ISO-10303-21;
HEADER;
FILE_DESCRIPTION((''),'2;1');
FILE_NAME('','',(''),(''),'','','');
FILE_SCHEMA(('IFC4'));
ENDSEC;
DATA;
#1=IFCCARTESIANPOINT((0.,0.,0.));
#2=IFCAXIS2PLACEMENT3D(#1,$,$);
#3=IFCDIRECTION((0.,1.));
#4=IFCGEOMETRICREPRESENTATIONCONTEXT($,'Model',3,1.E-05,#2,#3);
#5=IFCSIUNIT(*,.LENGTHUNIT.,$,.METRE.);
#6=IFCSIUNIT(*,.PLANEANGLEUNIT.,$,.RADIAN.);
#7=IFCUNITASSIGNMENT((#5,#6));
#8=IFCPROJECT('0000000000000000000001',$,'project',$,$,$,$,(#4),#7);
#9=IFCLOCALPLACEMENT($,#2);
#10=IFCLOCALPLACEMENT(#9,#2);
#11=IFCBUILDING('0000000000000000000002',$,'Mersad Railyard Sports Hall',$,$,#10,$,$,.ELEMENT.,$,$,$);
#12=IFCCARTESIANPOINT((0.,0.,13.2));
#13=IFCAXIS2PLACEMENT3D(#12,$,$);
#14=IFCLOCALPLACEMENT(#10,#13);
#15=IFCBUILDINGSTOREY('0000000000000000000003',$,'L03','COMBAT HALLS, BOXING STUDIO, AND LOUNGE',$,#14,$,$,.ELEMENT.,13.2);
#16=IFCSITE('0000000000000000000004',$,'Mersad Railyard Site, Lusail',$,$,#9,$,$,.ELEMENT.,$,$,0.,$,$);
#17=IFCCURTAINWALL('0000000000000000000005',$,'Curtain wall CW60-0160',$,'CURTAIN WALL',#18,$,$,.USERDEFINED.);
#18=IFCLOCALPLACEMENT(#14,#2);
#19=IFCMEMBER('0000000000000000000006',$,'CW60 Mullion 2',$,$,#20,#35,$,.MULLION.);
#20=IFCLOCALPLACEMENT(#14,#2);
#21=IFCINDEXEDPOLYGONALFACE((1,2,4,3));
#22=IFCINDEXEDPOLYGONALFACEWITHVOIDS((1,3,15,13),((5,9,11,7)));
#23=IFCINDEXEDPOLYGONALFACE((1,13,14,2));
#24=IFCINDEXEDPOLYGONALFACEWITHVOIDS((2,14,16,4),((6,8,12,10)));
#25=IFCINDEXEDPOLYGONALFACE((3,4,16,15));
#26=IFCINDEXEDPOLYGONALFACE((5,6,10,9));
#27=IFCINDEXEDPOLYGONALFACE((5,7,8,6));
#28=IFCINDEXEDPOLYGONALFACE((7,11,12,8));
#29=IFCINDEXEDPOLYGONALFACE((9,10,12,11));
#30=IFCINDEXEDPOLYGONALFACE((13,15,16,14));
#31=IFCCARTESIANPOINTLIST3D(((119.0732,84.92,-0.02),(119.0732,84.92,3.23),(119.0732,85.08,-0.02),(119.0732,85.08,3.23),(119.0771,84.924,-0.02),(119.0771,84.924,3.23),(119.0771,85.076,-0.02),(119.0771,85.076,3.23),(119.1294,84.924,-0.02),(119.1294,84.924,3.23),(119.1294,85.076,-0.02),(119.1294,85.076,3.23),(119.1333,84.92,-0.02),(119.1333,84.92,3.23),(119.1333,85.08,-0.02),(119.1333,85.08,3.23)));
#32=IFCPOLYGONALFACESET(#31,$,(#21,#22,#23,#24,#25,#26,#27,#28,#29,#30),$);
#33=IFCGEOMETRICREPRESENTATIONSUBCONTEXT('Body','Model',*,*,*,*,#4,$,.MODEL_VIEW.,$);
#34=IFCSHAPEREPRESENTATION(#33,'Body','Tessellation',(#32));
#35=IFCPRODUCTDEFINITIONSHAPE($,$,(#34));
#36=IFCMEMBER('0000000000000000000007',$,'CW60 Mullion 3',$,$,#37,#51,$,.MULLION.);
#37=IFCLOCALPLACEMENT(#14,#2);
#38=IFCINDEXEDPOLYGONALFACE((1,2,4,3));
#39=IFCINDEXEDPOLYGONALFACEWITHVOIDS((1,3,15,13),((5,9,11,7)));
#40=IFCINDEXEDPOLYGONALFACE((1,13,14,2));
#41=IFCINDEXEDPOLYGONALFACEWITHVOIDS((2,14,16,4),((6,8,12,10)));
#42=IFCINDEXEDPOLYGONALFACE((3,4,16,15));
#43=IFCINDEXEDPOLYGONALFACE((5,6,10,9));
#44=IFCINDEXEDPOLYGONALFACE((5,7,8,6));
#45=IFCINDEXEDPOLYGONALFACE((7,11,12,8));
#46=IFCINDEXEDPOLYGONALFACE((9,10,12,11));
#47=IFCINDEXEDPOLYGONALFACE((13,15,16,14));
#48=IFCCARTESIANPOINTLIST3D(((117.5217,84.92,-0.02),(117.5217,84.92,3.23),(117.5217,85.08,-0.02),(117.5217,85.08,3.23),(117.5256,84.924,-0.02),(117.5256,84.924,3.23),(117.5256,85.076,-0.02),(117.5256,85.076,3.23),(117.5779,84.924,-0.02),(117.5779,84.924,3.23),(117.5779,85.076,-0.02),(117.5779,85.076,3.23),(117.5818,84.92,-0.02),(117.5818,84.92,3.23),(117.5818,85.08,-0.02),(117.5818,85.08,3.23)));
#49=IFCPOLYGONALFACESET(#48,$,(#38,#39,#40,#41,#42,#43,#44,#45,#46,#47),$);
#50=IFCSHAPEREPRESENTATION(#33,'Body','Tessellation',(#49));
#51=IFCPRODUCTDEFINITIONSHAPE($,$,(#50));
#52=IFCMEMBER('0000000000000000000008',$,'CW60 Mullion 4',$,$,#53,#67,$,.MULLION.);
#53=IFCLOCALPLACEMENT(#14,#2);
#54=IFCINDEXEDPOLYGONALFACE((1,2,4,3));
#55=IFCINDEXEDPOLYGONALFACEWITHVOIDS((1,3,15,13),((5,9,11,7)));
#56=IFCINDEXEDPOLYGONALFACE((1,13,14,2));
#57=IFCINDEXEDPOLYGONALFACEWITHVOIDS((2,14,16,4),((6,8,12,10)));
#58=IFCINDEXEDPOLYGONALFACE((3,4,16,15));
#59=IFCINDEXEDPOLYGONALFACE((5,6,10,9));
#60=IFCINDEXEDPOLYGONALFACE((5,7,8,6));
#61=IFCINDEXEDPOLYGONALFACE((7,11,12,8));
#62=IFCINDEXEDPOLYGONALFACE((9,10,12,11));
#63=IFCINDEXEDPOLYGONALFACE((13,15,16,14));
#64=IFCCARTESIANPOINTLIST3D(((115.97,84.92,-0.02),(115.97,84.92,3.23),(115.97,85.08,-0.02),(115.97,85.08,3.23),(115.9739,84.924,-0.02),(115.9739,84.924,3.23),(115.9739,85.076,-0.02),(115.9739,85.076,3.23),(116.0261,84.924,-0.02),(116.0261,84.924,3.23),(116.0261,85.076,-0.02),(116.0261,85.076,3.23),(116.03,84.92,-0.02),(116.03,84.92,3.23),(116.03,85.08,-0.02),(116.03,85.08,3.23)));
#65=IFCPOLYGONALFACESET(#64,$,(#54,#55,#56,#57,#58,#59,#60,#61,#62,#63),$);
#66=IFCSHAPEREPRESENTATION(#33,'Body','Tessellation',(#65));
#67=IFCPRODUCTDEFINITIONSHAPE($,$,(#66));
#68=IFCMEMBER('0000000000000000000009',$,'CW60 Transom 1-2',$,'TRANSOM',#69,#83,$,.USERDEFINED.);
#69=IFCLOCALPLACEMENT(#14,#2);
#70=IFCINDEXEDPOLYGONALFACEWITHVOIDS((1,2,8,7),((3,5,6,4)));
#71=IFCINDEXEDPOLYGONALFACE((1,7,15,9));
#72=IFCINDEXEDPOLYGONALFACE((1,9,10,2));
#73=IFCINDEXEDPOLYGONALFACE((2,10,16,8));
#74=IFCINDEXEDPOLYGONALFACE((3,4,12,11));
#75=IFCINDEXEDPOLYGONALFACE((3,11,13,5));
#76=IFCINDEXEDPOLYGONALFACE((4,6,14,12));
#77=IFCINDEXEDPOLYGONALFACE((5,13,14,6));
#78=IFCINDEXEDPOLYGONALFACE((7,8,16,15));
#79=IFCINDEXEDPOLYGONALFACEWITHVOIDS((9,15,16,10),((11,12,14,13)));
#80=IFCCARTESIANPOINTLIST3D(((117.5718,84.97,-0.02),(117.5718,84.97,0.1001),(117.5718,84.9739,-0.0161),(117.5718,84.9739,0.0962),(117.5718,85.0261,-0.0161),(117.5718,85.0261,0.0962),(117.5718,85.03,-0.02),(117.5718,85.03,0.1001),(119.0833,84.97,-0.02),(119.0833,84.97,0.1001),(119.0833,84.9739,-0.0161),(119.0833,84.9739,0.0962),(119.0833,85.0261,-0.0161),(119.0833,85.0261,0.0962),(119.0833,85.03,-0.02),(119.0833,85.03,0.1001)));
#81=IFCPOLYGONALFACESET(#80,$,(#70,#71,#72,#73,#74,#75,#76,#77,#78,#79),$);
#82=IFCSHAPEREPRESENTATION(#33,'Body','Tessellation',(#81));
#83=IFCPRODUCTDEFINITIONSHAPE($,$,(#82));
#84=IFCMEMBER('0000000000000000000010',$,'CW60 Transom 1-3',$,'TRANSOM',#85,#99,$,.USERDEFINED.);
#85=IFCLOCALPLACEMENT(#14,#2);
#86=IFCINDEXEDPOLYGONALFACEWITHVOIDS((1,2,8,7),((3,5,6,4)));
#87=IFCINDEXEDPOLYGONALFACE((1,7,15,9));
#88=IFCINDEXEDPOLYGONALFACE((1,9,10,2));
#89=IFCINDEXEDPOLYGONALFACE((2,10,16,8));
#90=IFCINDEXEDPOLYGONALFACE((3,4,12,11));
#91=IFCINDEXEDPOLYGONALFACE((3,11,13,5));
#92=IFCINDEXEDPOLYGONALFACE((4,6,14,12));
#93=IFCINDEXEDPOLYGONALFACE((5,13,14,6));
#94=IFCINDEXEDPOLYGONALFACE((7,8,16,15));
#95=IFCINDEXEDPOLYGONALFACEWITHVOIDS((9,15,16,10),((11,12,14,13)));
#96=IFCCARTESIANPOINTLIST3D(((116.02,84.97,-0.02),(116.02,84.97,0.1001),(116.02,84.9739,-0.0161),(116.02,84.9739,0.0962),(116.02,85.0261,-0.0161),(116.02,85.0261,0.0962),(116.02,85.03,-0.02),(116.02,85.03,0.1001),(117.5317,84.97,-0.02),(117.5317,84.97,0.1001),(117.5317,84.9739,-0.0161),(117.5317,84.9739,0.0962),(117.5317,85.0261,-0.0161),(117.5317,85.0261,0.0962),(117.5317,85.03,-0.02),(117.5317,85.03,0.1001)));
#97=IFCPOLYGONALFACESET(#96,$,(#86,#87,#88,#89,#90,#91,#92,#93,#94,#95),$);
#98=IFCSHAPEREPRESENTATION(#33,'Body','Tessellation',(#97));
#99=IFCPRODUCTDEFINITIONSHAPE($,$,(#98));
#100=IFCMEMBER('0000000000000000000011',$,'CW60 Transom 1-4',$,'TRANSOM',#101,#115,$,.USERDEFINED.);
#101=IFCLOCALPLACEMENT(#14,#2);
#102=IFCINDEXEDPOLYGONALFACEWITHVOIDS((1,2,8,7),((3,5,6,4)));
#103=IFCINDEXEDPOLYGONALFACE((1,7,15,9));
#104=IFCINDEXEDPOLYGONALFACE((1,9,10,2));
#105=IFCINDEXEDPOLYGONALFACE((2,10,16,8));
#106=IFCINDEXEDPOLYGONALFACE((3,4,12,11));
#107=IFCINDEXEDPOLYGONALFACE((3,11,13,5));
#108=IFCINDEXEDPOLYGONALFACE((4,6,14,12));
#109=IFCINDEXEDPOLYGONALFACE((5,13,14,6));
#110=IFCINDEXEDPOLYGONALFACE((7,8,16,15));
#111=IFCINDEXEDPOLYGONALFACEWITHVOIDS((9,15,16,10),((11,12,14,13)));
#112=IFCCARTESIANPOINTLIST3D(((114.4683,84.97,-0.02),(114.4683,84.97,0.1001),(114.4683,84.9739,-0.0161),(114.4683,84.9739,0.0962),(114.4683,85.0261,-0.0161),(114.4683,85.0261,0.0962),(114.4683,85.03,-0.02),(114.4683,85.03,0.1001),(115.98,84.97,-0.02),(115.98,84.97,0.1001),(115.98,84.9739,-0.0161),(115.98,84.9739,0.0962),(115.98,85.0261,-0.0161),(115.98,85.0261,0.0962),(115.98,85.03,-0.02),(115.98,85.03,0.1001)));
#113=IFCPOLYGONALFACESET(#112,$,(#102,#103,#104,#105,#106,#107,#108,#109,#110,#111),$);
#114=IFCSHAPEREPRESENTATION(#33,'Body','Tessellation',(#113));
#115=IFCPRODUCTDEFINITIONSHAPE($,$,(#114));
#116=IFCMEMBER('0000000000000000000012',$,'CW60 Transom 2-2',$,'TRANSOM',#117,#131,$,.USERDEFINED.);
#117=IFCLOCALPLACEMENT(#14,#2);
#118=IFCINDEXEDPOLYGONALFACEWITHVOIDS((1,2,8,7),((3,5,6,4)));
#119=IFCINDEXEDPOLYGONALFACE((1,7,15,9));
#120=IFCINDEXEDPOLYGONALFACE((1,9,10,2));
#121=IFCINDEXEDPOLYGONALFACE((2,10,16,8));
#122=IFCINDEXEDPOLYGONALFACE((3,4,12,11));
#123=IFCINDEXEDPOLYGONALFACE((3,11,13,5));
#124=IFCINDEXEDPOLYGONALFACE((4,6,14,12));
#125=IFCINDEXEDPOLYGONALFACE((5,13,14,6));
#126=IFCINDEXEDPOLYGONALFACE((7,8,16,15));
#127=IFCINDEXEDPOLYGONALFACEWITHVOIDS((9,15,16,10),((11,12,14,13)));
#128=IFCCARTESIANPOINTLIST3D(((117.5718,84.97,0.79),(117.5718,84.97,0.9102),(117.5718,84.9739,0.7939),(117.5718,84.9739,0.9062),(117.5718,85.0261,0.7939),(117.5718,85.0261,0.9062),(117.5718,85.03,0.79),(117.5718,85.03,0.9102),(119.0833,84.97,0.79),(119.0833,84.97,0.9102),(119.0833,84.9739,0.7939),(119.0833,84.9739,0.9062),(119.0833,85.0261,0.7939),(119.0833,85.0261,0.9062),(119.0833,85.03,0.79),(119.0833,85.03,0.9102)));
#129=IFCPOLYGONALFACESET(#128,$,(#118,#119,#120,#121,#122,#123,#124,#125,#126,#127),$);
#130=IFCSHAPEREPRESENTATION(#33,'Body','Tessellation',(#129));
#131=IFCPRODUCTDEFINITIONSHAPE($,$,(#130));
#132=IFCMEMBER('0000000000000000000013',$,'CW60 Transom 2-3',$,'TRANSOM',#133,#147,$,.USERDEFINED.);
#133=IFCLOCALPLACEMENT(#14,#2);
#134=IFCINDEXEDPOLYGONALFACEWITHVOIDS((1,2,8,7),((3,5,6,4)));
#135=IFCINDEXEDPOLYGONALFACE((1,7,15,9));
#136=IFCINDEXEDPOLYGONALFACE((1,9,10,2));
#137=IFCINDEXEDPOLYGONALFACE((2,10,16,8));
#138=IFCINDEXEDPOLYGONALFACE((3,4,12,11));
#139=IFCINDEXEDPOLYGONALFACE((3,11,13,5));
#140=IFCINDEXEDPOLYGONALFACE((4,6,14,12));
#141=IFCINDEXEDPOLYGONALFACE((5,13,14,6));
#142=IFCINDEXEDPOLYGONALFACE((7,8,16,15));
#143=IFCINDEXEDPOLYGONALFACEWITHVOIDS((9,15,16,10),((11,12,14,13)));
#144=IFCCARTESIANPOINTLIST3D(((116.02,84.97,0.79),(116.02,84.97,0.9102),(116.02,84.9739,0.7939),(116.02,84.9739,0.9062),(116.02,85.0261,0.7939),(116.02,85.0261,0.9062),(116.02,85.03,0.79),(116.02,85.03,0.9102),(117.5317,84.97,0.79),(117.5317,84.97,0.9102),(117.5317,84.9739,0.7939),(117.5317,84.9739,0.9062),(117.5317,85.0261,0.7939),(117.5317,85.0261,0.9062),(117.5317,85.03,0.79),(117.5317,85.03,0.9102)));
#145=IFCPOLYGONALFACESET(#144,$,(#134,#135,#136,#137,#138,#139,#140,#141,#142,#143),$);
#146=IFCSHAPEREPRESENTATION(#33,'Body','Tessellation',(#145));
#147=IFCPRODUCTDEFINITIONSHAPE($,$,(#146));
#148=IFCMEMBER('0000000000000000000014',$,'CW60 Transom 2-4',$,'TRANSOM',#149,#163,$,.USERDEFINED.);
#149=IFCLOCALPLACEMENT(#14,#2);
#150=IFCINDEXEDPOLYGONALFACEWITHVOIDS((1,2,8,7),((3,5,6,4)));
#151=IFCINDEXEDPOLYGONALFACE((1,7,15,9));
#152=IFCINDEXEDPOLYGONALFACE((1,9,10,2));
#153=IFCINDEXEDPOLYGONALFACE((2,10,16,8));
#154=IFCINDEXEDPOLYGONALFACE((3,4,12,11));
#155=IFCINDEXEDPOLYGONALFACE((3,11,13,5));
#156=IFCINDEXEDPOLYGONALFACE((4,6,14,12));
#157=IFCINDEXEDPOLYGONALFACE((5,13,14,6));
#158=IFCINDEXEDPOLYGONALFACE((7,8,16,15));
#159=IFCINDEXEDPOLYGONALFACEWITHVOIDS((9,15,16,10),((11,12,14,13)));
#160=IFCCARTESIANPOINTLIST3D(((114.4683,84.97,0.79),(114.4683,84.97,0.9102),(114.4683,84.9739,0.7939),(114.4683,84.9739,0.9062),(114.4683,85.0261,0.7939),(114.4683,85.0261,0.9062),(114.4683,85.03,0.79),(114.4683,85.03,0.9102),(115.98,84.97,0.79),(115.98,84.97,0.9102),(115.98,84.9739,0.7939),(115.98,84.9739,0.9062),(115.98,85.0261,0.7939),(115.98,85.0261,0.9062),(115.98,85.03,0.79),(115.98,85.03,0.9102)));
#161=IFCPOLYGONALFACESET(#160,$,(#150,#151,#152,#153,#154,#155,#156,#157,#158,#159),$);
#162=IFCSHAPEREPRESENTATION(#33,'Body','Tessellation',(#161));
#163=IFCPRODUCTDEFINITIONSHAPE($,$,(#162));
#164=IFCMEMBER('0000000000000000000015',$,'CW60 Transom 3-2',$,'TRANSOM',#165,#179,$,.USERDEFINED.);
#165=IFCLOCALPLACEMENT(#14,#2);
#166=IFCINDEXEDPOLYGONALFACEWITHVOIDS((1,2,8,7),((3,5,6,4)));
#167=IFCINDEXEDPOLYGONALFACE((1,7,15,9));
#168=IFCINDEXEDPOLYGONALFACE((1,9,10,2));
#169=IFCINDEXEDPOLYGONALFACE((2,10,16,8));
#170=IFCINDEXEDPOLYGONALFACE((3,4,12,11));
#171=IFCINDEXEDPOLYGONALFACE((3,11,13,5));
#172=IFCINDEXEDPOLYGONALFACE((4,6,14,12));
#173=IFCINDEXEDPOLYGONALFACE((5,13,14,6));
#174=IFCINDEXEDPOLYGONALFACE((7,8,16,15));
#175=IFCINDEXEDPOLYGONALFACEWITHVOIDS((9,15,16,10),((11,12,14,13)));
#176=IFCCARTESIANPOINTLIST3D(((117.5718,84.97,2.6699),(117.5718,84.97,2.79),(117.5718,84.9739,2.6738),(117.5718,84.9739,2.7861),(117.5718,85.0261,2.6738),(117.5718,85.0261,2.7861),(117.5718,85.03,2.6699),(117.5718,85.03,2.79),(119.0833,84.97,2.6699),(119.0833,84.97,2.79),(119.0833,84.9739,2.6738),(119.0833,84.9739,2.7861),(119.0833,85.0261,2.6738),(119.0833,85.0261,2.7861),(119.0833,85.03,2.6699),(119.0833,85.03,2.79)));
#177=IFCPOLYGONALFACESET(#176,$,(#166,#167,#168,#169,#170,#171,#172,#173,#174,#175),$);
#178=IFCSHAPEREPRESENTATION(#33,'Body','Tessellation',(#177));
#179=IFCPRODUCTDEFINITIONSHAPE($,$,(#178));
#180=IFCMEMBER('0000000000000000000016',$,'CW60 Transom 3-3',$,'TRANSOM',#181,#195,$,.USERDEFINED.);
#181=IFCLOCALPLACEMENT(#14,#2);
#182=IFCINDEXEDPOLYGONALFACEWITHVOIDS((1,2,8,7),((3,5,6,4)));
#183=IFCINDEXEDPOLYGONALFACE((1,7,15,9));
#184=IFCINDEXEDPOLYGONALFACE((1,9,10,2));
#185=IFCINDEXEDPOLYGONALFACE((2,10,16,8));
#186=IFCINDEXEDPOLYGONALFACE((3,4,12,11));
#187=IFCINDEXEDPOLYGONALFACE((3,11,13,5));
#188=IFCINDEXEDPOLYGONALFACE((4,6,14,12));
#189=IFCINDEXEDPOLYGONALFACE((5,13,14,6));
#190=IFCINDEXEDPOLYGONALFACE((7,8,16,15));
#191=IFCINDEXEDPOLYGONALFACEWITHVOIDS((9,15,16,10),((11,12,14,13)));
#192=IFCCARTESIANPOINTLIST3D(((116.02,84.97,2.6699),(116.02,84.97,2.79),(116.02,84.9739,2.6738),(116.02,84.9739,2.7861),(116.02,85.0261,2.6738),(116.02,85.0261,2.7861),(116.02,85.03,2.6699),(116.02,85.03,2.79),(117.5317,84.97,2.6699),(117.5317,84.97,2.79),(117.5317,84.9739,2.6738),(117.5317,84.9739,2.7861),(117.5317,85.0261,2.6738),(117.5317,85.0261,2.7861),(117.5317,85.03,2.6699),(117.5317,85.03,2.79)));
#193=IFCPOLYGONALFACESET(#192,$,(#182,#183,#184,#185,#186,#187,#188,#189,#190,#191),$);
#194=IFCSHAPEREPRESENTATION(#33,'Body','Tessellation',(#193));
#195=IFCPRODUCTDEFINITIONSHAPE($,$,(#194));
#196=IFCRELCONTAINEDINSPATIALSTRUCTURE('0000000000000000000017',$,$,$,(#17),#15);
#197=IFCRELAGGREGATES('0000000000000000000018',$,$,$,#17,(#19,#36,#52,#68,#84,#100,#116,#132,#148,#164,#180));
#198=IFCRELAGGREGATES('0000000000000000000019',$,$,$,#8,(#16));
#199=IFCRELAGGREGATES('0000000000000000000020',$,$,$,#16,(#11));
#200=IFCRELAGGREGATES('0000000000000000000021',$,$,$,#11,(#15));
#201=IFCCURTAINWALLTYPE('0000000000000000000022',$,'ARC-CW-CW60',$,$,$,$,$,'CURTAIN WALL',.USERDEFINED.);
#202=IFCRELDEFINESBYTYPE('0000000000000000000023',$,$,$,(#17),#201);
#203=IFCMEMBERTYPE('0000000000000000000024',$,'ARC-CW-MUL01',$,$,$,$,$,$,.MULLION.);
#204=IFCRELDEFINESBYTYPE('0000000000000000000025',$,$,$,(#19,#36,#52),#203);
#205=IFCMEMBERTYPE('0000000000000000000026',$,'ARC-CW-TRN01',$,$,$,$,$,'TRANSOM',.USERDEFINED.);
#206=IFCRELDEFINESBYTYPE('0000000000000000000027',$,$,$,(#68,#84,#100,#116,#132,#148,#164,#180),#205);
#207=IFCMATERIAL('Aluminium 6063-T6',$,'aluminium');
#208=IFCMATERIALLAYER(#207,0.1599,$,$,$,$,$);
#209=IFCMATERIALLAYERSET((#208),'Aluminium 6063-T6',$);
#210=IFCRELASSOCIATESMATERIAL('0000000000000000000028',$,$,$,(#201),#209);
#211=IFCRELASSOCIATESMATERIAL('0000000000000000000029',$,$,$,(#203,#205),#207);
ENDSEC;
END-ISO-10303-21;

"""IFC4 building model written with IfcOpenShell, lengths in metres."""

from ifc_helpers import new_model, si_unit, direction, frame, origin, origin_2d, place, context, subcontext, project, spatial, hollow_rectangle, extrude, material, layer, layer_set, material_profile, profile_set, type_object, element, aggregate, save


model = new_model("IFC4")

# Units and contexts
model_context = context("Model", 3, precision=1e-05, world=origin(), true_north=direction((0.0, 1.0)))
body_context = subcontext(model_context, "Body", "Model", "MODEL_VIEW")
ifc_project = project(units=[si_unit("LENGTHUNIT", "METRE"), si_unit("PLANEANGLEUNIT", "RADIAN")], contexts=[model_context])

# Site, building, storey
site_placement = place(None, origin())
site = spatial("IfcSite", under=ifc_project, at=site_placement, Name="Mersad Railyard Site, Lusail", CompositionType="ELEMENT", RefElevation=0.0)
building_placement = place(site_placement, origin())
building = spatial("IfcBuilding", under=site, at=building_placement, Name="Mersad Railyard Sports Hall", CompositionType="ELEMENT")
storey_placement = place(building_placement, frame((0.0, 0.0, 13.2)))
storey = spatial("IfcBuildingStorey", under=building, at=storey_placement, Name="L03", Description="COMBAT HALLS, BOXING STUDIO, AND LOUNGE", CompositionType="ELEMENT", Elevation=13.2)

# Curtain wall, members
ifc_material_1 = material(Name="Aluminium 6063-T6", Category="aluminium")
ifc_layer_1 = layer(ifc_material_1, 0.1599)
ifc_layer_set_1 = layer_set([ifc_layer_1], Name="Aluminium 6063-T6")
curtain_wall_type = type_object("IfcCurtainWallType", Name="ARC-CW-CW60", ElementType="CURTAIN WALL", PredefinedType="USERDEFINED", material=ifc_layer_set_1)
curtain_wall_placement = place(storey_placement, origin())
curtain_wall = element("IfcCurtainWall", 1, at=curtain_wall_placement, inside=storey, type_object=curtain_wall_type, Name="Curtain wall CW60-0160", ObjectType="CURTAIN WALL", PredefinedType="USERDEFINED")
ifc_material_profile_1 = material_profile(ifc_material_1, hollow_rectangle(XDim=0.0601, YDim=0.1599, WallThickness=0.0039, at=origin_2d()), Name="AL MULLION 60x160x4")
ifc_profile_set_1 = profile_set([ifc_material_profile_1], Name="Aluminium 6063-T6")
member_type_1 = type_object("IfcMemberType", Name="ARC-CW-MUL01", PredefinedType="MULLION", material=ifc_profile_set_1)
member_1_placement = place(storey_placement, frame((119.1033, 85.0, -0.02), z_axis=(0.0, 0.0, 1.0), x_axis=(1.0, 0.0, 0.0)))
member_1 = element("IfcMember", 2, at=member_1_placement, type_object=member_type_1, Name="CW60 Mullion 2", PredefinedType="MULLION", context=body_context, shape_type="SweptSolid", body=[
    extrude(hollow_rectangle(XDim=0.0601, YDim=0.1599, WallThickness=0.0039, at=origin_2d()), origin(), (0.0, 0.0, 1.0), 3.25),
])
member_2_placement = place(storey_placement, frame((117.5518, 85.0, -0.02), z_axis=(0.0, 0.0, 1.0), x_axis=(1.0, 0.0, 0.0)))
member_2 = element("IfcMember", 3, at=member_2_placement, type_object=member_type_1, Name="CW60 Mullion 3", PredefinedType="MULLION", context=body_context, shape_type="SweptSolid", body=[
    extrude(hollow_rectangle(XDim=0.0601, YDim=0.1599, WallThickness=0.0039, at=origin_2d()), origin(), (0.0, 0.0, 1.0), 3.25),
])
member_3_placement = place(storey_placement, frame((116.0, 85.0, -0.02), z_axis=(0.0, 0.0, 1.0), x_axis=(1.0, 0.0, 0.0)))
member_3 = element("IfcMember", 4, at=member_3_placement, type_object=member_type_1, Name="CW60 Mullion 4", PredefinedType="MULLION", context=body_context, shape_type="SweptSolid", body=[
    extrude(hollow_rectangle(XDim=0.0601, YDim=0.1599, WallThickness=0.0039, at=origin_2d()), origin(), (0.0, 0.0, 1.0), 3.25),
])
ifc_material_profile_2 = material_profile(ifc_material_1, hollow_rectangle(XDim=0.0601, YDim=0.1201, WallThickness=0.0039, at=origin_2d()), Name="AL TRANSOM 60x120x4")
ifc_profile_set_2 = profile_set([ifc_material_profile_2], Name="Aluminium 6063-T6")
member_type_2 = type_object("IfcMemberType", Name="ARC-CW-TRN01", ElementType="TRANSOM", PredefinedType="USERDEFINED", material=ifc_profile_set_2)
member_4_placement = place(storey_placement, frame((119.0833, 85.0, 0.04), z_axis=(-1.0, 0.0, 0.0), x_axis=(0.0, -1.0, 0.0)))
member_4 = element("IfcMember", 5, at=member_4_placement, type_object=member_type_2, Name="CW60 Transom 1-2", ObjectType="TRANSOM", PredefinedType="USERDEFINED", context=body_context, shape_type="SweptSolid", body=[
    extrude(hollow_rectangle(XDim=0.0601, YDim=0.1201, WallThickness=0.0039, at=origin_2d()), origin(), (0.0, 0.0, 1.0), 1.5115),
])
member_5_placement = place(storey_placement, frame((117.5317, 85.0, 0.04), z_axis=(-1.0, 0.0, 0.0), x_axis=(0.0, -1.0, 0.0)))
member_5 = element("IfcMember", 6, at=member_5_placement, type_object=member_type_2, Name="CW60 Transom 1-3", ObjectType="TRANSOM", PredefinedType="USERDEFINED", context=body_context, shape_type="SweptSolid", body=[
    extrude(hollow_rectangle(XDim=0.0601, YDim=0.1201, WallThickness=0.0039, at=origin_2d()), origin(), (0.0, 0.0, 1.0), 1.5117),
])
member_6_placement = place(storey_placement, frame((115.98, 85.0, 0.04), z_axis=(-1.0, 0.0, 0.0), x_axis=(0.0, -1.0, 0.0)))
member_6 = element("IfcMember", 7, at=member_6_placement, type_object=member_type_2, Name="CW60 Transom 1-4", ObjectType="TRANSOM", PredefinedType="USERDEFINED", context=body_context, shape_type="SweptSolid", body=[
    extrude(hollow_rectangle(XDim=0.0601, YDim=0.1201, WallThickness=0.0039, at=origin_2d()), origin(), (0.0, 0.0, 1.0), 1.5117),
])
member_7_placement = place(storey_placement, frame((119.0833, 85.0, 0.8501), z_axis=(-1.0, 0.0, 0.0), x_axis=(0.0, -1.0, 0.0)))
member_7 = element("IfcMember", 8, at=member_7_placement, type_object=member_type_2, Name="CW60 Transom 2-2", ObjectType="TRANSOM", PredefinedType="USERDEFINED", context=body_context, shape_type="SweptSolid", body=[
    extrude(hollow_rectangle(XDim=0.0601, YDim=0.1201, WallThickness=0.0039, at=origin_2d()), origin(), (0.0, 0.0, 1.0), 1.5115),
])
member_8_placement = place(storey_placement, frame((117.5317, 85.0, 0.8501), z_axis=(-1.0, 0.0, 0.0), x_axis=(0.0, -1.0, 0.0)))
member_8 = element("IfcMember", 9, at=member_8_placement, type_object=member_type_2, Name="CW60 Transom 2-3", ObjectType="TRANSOM", PredefinedType="USERDEFINED", context=body_context, shape_type="SweptSolid", body=[
    extrude(hollow_rectangle(XDim=0.0601, YDim=0.1201, WallThickness=0.0039, at=origin_2d()), origin(), (0.0, 0.0, 1.0), 1.5117),
])
member_9_placement = place(storey_placement, frame((115.98, 85.0, 0.8501), z_axis=(-1.0, 0.0, 0.0), x_axis=(0.0, -1.0, 0.0)))
member_9 = element("IfcMember", 10, at=member_9_placement, type_object=member_type_2, Name="CW60 Transom 2-4", ObjectType="TRANSOM", PredefinedType="USERDEFINED", context=body_context, shape_type="SweptSolid", body=[
    extrude(hollow_rectangle(XDim=0.0601, YDim=0.1201, WallThickness=0.0039, at=origin_2d()), origin(), (0.0, 0.0, 1.0), 1.5117),
])
member_10_placement = place(storey_placement, frame((119.0833, 85.0, 2.73), z_axis=(-1.0, 0.0, 0.0), x_axis=(0.0, -1.0, 0.0)))
member_10 = element("IfcMember", 11, at=member_10_placement, type_object=member_type_2, Name="CW60 Transom 3-2", ObjectType="TRANSOM", PredefinedType="USERDEFINED", context=body_context, shape_type="SweptSolid", body=[
    extrude(hollow_rectangle(XDim=0.0601, YDim=0.1201, WallThickness=0.0039, at=origin_2d()), origin(), (0.0, 0.0, 1.0), 1.5115),
])
member_11_placement = place(storey_placement, frame((117.5317, 85.0, 2.73), z_axis=(-1.0, 0.0, 0.0), x_axis=(0.0, -1.0, 0.0)))
member_11 = element("IfcMember", 12, at=member_11_placement, type_object=member_type_2, Name="CW60 Transom 3-3", ObjectType="TRANSOM", PredefinedType="USERDEFINED", context=body_context, shape_type="SweptSolid", body=[
    extrude(hollow_rectangle(XDim=0.0601, YDim=0.1201, WallThickness=0.0039, at=origin_2d()), origin(), (0.0, 0.0, 1.0), 1.5117),
])
aggregate(curtain_wall, [member_1, member_2, member_3, member_4, member_5, member_6, member_7, member_8, member_9, member_10, member_11])

save(model, "model.ifc")
